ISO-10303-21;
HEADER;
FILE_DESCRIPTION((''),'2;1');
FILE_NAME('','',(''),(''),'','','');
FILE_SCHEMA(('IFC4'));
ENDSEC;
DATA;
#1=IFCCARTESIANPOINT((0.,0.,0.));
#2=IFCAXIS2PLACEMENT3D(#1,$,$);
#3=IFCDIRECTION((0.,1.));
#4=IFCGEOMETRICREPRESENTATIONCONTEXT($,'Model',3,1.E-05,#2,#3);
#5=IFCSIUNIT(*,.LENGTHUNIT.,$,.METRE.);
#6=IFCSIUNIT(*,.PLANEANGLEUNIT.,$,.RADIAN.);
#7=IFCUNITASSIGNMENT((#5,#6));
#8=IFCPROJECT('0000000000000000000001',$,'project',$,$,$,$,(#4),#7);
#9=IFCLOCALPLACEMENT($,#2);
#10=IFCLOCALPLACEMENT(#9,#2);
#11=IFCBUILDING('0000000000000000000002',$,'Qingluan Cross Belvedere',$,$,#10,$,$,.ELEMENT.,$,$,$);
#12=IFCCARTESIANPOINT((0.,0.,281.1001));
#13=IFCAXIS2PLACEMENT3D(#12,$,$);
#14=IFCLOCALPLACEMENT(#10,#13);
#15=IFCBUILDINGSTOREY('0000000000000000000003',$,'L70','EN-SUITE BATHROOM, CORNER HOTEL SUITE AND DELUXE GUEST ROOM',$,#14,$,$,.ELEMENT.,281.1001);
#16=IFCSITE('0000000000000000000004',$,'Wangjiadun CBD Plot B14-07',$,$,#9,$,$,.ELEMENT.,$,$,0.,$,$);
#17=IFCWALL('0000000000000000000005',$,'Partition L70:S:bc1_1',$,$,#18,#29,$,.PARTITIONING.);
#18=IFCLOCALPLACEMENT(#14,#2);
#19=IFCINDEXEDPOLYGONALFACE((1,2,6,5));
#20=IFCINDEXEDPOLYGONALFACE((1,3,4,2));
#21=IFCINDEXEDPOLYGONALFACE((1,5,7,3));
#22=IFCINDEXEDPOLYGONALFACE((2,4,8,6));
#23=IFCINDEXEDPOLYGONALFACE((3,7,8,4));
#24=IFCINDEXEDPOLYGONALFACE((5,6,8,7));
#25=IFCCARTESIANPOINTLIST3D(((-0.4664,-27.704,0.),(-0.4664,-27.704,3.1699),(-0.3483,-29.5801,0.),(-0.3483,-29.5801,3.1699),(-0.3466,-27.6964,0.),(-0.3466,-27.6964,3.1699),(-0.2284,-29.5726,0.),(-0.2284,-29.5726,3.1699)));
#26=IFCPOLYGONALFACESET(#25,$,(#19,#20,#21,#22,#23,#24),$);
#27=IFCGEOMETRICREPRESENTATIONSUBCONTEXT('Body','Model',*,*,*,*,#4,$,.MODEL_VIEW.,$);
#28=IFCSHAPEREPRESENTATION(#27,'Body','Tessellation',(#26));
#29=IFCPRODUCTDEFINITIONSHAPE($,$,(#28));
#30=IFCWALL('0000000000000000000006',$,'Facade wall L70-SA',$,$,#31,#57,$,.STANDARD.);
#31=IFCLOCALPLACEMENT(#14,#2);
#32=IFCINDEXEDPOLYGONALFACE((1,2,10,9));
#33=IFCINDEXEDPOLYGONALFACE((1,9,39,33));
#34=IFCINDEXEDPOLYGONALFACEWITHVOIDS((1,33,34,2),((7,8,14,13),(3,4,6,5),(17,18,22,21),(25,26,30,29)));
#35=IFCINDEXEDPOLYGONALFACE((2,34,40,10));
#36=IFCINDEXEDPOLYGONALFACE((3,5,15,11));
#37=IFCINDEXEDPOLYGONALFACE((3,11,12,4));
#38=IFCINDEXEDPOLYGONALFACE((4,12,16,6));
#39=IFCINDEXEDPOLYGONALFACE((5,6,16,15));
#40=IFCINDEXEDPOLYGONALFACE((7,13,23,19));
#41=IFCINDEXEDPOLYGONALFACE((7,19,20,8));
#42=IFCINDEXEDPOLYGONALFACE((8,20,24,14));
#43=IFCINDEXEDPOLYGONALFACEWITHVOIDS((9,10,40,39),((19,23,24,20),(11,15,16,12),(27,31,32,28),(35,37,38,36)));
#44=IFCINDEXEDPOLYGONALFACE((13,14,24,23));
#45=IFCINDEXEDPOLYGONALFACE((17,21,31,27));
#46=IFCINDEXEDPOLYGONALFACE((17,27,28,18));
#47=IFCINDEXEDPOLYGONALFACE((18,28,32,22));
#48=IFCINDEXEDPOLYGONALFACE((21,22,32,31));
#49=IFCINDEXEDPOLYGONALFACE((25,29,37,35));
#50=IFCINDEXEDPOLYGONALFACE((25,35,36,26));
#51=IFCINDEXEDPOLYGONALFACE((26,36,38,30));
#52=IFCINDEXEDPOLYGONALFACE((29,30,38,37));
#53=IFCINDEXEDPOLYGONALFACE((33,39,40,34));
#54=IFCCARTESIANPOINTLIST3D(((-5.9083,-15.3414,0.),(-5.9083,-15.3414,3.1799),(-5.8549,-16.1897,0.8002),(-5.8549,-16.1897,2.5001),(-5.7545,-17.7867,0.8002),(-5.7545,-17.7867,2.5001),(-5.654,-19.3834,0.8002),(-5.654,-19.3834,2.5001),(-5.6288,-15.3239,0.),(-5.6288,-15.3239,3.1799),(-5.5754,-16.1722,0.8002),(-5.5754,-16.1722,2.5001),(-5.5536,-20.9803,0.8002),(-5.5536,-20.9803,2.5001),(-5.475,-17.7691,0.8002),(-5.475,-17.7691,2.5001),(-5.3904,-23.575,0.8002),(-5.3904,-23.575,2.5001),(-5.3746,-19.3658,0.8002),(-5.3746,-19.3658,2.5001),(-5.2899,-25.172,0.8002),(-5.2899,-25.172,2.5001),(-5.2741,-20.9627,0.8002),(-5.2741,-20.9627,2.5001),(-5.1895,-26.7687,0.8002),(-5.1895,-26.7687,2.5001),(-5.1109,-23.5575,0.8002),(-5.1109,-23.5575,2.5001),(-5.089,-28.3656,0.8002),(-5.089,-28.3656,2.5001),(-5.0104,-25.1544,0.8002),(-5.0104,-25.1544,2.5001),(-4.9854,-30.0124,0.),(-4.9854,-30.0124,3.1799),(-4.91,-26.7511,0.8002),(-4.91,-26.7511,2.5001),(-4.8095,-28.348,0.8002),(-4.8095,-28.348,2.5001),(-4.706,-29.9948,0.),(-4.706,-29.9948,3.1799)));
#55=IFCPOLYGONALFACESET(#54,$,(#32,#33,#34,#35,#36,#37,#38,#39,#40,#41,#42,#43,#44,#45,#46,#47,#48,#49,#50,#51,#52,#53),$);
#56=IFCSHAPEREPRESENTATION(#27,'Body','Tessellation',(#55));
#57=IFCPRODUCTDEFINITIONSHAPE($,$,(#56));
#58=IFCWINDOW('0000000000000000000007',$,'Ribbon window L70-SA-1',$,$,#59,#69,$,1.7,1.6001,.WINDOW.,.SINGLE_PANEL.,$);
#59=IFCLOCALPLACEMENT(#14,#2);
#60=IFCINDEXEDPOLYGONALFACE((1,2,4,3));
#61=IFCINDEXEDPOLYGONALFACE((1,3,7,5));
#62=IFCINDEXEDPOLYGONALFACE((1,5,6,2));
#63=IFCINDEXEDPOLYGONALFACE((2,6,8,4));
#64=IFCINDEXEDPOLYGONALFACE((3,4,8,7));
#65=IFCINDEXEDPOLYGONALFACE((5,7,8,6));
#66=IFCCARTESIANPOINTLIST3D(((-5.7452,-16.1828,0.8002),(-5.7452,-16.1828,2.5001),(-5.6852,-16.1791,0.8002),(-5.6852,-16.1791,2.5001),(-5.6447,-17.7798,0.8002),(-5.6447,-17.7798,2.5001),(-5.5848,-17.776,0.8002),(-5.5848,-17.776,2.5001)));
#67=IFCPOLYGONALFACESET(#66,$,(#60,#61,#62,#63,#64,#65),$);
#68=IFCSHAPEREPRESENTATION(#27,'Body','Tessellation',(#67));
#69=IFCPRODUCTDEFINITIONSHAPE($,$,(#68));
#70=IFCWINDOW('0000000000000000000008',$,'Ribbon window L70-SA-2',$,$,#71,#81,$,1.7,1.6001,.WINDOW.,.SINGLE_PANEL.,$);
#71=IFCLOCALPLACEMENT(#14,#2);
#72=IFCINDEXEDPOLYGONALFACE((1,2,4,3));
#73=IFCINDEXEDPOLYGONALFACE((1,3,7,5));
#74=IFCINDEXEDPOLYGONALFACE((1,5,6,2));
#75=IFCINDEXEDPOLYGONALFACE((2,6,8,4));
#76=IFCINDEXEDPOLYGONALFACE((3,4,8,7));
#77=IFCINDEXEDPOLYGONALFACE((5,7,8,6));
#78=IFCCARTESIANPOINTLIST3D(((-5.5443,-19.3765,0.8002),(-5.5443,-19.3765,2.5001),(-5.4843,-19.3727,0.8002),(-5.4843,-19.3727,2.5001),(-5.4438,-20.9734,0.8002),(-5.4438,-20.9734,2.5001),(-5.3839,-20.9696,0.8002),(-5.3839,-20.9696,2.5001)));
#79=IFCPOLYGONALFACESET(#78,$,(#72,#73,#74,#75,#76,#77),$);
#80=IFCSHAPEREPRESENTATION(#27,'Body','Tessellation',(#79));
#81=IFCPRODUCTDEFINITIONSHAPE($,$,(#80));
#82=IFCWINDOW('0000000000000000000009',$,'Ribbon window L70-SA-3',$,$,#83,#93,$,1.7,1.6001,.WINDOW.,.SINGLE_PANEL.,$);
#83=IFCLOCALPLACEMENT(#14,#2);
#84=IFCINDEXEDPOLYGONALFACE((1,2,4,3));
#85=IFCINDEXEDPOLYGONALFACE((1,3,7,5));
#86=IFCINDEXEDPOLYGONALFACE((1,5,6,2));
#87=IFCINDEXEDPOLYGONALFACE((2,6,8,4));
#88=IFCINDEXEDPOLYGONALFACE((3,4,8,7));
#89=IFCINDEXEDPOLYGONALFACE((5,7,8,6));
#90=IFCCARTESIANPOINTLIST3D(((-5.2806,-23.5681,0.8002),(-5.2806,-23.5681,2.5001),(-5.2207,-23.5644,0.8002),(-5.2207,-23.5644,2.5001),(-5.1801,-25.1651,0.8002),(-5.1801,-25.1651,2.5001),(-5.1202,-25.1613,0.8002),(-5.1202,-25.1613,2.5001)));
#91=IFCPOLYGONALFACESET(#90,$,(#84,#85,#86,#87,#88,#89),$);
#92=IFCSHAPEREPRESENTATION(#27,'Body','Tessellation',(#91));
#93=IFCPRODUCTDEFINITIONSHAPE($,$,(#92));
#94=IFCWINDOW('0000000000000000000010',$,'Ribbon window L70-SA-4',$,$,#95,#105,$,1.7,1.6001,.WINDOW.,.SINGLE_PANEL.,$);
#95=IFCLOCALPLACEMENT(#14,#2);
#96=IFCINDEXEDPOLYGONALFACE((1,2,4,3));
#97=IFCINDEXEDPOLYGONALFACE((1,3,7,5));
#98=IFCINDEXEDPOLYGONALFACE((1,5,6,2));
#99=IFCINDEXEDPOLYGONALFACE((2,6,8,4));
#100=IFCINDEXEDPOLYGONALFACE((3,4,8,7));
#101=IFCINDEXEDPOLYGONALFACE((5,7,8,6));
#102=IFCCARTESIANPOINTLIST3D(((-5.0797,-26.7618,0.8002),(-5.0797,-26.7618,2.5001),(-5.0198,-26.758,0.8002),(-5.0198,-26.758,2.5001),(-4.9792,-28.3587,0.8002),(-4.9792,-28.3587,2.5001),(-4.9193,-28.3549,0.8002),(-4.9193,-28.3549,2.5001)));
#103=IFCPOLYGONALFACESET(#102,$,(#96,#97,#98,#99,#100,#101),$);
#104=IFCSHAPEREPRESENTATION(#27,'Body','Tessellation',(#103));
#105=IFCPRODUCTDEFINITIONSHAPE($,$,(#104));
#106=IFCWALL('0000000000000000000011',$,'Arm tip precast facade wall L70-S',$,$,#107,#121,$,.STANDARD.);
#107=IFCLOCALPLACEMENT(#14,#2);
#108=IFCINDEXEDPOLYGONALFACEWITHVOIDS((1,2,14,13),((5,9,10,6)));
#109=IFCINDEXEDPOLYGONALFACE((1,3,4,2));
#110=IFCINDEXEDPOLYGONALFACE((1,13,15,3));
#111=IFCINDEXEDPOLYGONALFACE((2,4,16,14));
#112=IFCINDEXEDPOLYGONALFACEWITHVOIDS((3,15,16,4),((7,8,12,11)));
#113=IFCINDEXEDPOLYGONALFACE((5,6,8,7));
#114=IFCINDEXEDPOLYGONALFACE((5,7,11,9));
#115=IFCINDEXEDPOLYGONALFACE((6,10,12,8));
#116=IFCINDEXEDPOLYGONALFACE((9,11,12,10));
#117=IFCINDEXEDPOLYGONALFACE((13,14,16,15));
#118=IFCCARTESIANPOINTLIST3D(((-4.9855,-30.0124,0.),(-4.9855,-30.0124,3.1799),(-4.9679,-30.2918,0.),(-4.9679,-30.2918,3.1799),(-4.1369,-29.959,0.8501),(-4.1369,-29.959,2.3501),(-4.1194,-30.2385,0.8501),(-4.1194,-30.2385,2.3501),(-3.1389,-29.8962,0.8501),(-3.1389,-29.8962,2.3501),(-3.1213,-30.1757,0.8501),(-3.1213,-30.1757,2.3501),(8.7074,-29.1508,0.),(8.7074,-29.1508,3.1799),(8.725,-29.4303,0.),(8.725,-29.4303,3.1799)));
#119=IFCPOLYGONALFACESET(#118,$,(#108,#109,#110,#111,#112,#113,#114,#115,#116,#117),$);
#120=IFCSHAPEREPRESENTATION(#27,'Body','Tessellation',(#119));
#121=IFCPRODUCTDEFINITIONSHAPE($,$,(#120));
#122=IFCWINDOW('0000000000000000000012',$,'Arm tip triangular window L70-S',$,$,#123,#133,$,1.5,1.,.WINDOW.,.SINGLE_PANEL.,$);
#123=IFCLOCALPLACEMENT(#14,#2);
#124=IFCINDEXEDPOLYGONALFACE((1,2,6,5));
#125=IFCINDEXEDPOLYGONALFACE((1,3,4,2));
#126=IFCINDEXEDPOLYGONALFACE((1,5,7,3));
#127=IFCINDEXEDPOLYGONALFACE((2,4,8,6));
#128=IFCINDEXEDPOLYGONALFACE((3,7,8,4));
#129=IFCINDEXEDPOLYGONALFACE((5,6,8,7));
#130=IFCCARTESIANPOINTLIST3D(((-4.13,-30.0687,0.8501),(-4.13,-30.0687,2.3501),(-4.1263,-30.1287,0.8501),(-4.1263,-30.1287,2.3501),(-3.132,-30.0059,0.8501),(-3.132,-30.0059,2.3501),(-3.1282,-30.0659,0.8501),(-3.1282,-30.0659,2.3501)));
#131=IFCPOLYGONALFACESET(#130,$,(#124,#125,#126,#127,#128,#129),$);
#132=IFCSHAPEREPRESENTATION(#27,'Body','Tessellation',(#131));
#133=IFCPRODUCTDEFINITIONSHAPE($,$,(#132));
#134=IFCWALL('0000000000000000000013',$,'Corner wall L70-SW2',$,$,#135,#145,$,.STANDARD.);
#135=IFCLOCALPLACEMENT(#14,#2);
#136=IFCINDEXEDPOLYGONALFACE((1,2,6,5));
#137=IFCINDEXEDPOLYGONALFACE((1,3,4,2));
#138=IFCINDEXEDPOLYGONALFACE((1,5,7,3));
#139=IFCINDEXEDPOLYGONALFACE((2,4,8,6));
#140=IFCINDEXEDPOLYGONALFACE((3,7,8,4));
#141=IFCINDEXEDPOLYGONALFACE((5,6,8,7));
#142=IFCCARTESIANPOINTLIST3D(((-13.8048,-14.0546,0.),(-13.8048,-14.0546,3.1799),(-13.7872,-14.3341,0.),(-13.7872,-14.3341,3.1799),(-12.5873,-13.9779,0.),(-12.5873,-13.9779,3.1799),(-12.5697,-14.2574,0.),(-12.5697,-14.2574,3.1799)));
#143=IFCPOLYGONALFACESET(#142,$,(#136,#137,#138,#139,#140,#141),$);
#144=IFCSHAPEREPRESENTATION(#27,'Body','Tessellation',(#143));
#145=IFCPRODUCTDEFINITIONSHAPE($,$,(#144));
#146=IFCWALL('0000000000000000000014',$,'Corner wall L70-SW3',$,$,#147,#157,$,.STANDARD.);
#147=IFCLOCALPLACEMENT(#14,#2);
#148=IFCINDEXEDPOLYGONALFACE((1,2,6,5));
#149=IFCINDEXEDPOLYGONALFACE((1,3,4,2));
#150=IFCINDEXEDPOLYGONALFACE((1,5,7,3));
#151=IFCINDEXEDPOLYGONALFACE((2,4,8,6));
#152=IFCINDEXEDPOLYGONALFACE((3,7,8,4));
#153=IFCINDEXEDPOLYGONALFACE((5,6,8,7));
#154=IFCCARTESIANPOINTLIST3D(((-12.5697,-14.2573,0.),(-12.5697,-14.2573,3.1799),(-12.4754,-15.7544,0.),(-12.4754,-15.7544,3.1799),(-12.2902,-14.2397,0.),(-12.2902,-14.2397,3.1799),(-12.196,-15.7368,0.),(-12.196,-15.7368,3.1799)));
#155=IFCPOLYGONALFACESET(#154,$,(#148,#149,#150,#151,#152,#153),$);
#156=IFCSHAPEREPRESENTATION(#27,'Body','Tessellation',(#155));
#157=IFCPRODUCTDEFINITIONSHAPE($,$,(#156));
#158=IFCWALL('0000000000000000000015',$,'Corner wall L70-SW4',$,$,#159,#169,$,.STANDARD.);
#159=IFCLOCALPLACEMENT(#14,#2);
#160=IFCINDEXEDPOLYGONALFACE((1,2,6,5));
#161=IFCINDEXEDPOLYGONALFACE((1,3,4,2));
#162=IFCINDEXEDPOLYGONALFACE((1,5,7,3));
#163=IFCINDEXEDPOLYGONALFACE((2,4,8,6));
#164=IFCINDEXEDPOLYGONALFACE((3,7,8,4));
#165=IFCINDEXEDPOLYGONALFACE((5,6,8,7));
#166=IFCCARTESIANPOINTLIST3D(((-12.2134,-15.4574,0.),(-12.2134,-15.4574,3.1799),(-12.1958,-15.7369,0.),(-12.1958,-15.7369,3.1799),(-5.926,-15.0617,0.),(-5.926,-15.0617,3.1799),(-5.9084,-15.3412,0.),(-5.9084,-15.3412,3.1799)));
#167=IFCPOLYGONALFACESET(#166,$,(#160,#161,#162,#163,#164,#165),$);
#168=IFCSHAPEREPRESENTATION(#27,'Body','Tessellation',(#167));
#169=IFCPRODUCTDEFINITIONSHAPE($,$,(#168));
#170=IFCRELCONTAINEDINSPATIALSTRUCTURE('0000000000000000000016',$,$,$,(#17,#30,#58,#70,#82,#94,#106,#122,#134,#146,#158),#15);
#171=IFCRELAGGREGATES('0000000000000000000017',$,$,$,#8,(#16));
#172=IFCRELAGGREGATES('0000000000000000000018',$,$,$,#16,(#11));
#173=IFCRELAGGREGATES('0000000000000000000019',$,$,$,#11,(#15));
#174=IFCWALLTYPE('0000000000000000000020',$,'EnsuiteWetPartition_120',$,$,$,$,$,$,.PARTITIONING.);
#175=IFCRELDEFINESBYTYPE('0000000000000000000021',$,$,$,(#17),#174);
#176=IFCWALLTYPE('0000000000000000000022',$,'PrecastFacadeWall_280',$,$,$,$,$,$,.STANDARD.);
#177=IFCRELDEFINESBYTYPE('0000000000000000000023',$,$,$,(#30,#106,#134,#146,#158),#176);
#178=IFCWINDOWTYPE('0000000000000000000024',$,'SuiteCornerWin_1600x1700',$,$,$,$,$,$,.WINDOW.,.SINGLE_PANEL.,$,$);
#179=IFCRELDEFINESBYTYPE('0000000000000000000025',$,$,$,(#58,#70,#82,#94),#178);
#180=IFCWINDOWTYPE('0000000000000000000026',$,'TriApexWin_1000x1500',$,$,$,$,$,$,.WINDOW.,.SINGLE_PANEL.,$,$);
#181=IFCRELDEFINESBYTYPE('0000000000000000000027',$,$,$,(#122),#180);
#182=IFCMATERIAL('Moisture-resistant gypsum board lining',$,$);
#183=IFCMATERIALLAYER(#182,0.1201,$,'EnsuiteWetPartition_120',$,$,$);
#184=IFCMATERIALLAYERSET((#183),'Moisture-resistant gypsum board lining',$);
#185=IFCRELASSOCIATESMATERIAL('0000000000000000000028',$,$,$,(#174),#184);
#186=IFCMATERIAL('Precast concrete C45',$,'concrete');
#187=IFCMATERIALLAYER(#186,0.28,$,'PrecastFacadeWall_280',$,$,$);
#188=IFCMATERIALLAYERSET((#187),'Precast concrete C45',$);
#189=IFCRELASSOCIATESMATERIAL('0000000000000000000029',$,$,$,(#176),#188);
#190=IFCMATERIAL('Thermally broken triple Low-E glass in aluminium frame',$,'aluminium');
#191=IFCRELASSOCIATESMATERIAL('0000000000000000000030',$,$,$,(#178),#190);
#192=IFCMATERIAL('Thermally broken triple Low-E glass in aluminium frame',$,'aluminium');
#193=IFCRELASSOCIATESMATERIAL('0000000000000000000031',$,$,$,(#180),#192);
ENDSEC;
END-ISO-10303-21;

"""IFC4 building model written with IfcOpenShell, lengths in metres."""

from ifc_helpers import new_model, si_unit, direction, frame, frame_2d, origin, place, context, subcontext, project, spatial, rectangle, extrude, material, layer, layer_set, type_object, element, fill, save


model = new_model("IFC4")

# Units and contexts
model_context = context("Model", 3, precision=1e-05, world=origin(), true_north=direction((0.0, 1.0)))
body_context = subcontext(model_context, "Body", "Model", "MODEL_VIEW")
ifc_project = project(units=[si_unit("LENGTHUNIT", "METRE"), si_unit("PLANEANGLEUNIT", "RADIAN")], contexts=[model_context])

# Site, building, storey
site_placement = place(None, origin())
site = spatial("IfcSite", under=ifc_project, at=site_placement, Name="Wangjiadun CBD Plot B14-07", CompositionType="ELEMENT", RefElevation=0.0)
building_placement = place(site_placement, origin())
building = spatial("IfcBuilding", under=site, at=building_placement, Name="Qingluan Cross Belvedere", CompositionType="ELEMENT")
storey_placement = place(building_placement, frame((0.0, 0.0, 281.1001)))
storey = spatial("IfcBuildingStorey", under=building, at=storey_placement, Name="L70", Description="EN-SUITE BATHROOM, CORNER HOTEL SUITE AND DELUXE GUEST ROOM", CompositionType="ELEMENT", Elevation=281.1001)

# Shared definitions
ifc_material_1 = material(Name="Moisture-resistant gypsum board lining")
ifc_layer_1 = layer(ifc_material_1, 0.1201, Name="EnsuiteWetPartition_120")
ifc_layer_set_1 = layer_set([ifc_layer_1], Name="Moisture-resistant gypsum board lining")
wall_type_1 = type_object("IfcWallType", Name="EnsuiteWetPartition_120", PredefinedType="PARTITIONING", material=ifc_layer_set_1)

# Wall
wall_1_placement = place(storey_placement, frame((-0.4065, -27.7002, 0.0), z_axis=(0.0, 0.0, 1.0), x_axis=(0.062855, -0.998023, 0.0)))
element("IfcWall", 1, at=wall_1_placement, inside=storey, type_object=wall_type_1, Name="Partition L70:S:bc1_1", PredefinedType="PARTITIONING", context=body_context, shape_type="SweptSolid", body=[
    extrude(rectangle(XDim=1.8799, YDim=0.1201, at=frame_2d((0.9399, 0.0))), origin(), (0.0, 0.0, 1.0), 3.1699),
])

# Wall, openings, windows
ifc_material_2 = material(Name="Precast concrete C45", Category="concrete")
ifc_layer_2 = layer(ifc_material_2, 0.28, Name="PrecastFacadeWall_280")
ifc_layer_set_2 = layer_set([ifc_layer_2], Name="Precast concrete C45")
wall_type_2 = type_object("IfcWallType", Name="PrecastFacadeWall_280", PredefinedType="STANDARD", material=ifc_layer_set_2)
wall_2_placement = place(storey_placement, frame((-5.7686, -15.3325, 0.0), z_axis=(0.0, 0.0, 1.0), x_axis=(0.062779, -0.998027, 0.0)))
wall_2 = element("IfcWall", 2, at=wall_2_placement, inside=storey, type_object=wall_type_2, Name="Facade wall L70-SA", PredefinedType="STANDARD", context=body_context, shape_type="SweptSolid", body=[
    extrude(rectangle(XDim=14.7, YDim=0.28, at=frame_2d((7.3501, 0.0))), origin(), (0.0, 0.0, 1.0), 3.1799),
])
opening_1_placement = place(wall_2_placement, frame((0.8501, 0.0, 0.8)))
opening_1 = element("IfcOpeningElement", 3, at=opening_1_placement, cuts=wall_2, PredefinedType="OPENING", context=body_context, shape_type="SweptSolid", body=[
    extrude(rectangle(XDim=1.6001, YDim=1.7, at=frame_2d((0.8, 0.8501))), frame((0.0, 0.1499, 0.0), z_axis=(0.0, -1.0, 0.0), x_axis=(1.0, 0.0, 0.0)), (0.0, 0.0, 1.0), 0.3),
])
opening_2_placement = place(wall_2_placement, frame((4.05, 0.0, 0.8)))
opening_2 = element("IfcOpeningElement", 4, at=opening_2_placement, cuts=wall_2, PredefinedType="OPENING", context=body_context, shape_type="SweptSolid", body=[
    extrude(rectangle(XDim=1.6001, YDim=1.7, at=frame_2d((0.8, 0.8501))), frame((0.0, 0.1499, 0.0), z_axis=(0.0, -1.0, 0.0), x_axis=(1.0, 0.0, 0.0)), (0.0, 0.0, 1.0), 0.3),
])
opening_3_placement = place(wall_2_placement, frame((8.25, 0.0, 0.8)))
opening_3 = element("IfcOpeningElement", 5, at=opening_3_placement, cuts=wall_2, PredefinedType="OPENING", context=body_context, shape_type="SweptSolid", body=[
    extrude(rectangle(XDim=1.6001, YDim=1.7, at=frame_2d((0.8, 0.8501))), frame((0.0, 0.1499, 0.0), z_axis=(0.0, -1.0, 0.0), x_axis=(1.0, 0.0, 0.0)), (0.0, 0.0, 1.0), 0.3),
])
opening_4_placement = place(wall_2_placement, frame((11.45, 0.0, 0.8)))
opening_4 = element("IfcOpeningElement", 6, at=opening_4_placement, cuts=wall_2, PredefinedType="OPENING", context=body_context, shape_type="SweptSolid", body=[
    extrude(rectangle(XDim=1.6001, YDim=1.7, at=frame_2d((0.8, 0.8501))), frame((0.0, 0.1499, 0.0), z_axis=(0.0, -1.0, 0.0), x_axis=(1.0, 0.0, 0.0)), (0.0, 0.0, 1.0), 0.3),
])
ifc_material_3 = material(Name="Thermally broken triple Low-E glass in aluminium frame", Category="aluminium")
window_type_1 = type_object("IfcWindowType", Name="SuiteCornerWin_1600x1700", PartitioningType="SINGLE_PANEL", PredefinedType="WINDOW", material=ifc_material_3)
window_1_placement = place(opening_1_placement, origin())
window_1 = element("IfcWindow", 7, at=window_1_placement, inside=storey, type_object=window_type_1, Name="Ribbon window L70-SA-1", OverallHeight=1.7, OverallWidth=1.6001, PartitioningType="SINGLE_PANEL", PredefinedType="WINDOW", context=body_context, shape_type="SweptSolid", body=[
    extrude(rectangle(XDim=1.6001, YDim=1.7, at=frame_2d((0.8, 0.8501))), frame((0.0, 0.03, 0.0), z_axis=(0.0, -1.0, 0.0), x_axis=(1.0, 0.0, 0.0)), (0.0, 0.0, 1.0), 0.0601),
])
fill(opening_1, window_1)
window_2_placement = place(opening_2_placement, origin())
window_2 = element("IfcWindow", 8, at=window_2_placement, inside=storey, type_object=window_type_1, Name="Ribbon window L70-SA-2", OverallHeight=1.7, OverallWidth=1.6001, PartitioningType="SINGLE_PANEL", PredefinedType="WINDOW", context=body_context, shape_type="SweptSolid", body=[
    extrude(rectangle(XDim=1.6001, YDim=1.7, at=frame_2d((0.8, 0.8501))), frame((0.0, 0.03, 0.0), z_axis=(0.0, -1.0, 0.0), x_axis=(1.0, 0.0, 0.0)), (0.0, 0.0, 1.0), 0.0601),
])
fill(opening_2, window_2)
window_3_placement = place(opening_3_placement, origin())
window_3 = element("IfcWindow", 9, at=window_3_placement, inside=storey, type_object=window_type_1, Name="Ribbon window L70-SA-3", OverallHeight=1.7, OverallWidth=1.6001, PartitioningType="SINGLE_PANEL", PredefinedType="WINDOW", context=body_context, shape_type="SweptSolid", body=[
    extrude(rectangle(XDim=1.6001, YDim=1.7, at=frame_2d((0.8, 0.8501))), frame((0.0, 0.03, 0.0), z_axis=(0.0, -1.0, 0.0), x_axis=(1.0, 0.0, 0.0)), (0.0, 0.0, 1.0), 0.0601),
])
fill(opening_3, window_3)
window_4_placement = place(opening_4_placement, origin())
window_4 = element("IfcWindow", 10, at=window_4_placement, inside=storey, type_object=window_type_1, Name="Ribbon window L70-SA-4", OverallHeight=1.7, OverallWidth=1.6001, PartitioningType="SINGLE_PANEL", PredefinedType="WINDOW", context=body_context, shape_type="SweptSolid", body=[
    extrude(rectangle(XDim=1.6001, YDim=1.7, at=frame_2d((0.8, 0.8501))), frame((0.0, 0.03, 0.0), z_axis=(0.0, -1.0, 0.0), x_axis=(1.0, 0.0, 0.0)), (0.0, 0.0, 1.0), 0.0601),
])
fill(opening_4, window_4)

# Wall, opening, window
wall_3_placement = place(storey_placement, frame((-4.9766, -30.1521, 0.0), z_axis=(0.0, 0.0, 1.0), x_axis=(0.998026, 0.062797, 0.0)))
wall_3 = element("IfcWall", 11, at=wall_3_placement, inside=storey, type_object=wall_type_2, Name="Arm tip precast facade wall L70-S", PredefinedType="STANDARD", context=body_context, shape_type="SweptSolid", body=[
    extrude(rectangle(XDim=13.72, YDim=0.28, at=frame_2d((6.8599, 0.0))), origin(), (0.0, 0.0, 1.0), 3.1799),
])
opening_5_placement = place(wall_3_placement, frame((0.8501, 0.0, 0.8501)))
opening_5 = element("IfcOpeningElement", 12, at=opening_5_placement, cuts=wall_3, PredefinedType="OPENING", context=body_context, shape_type="SweptSolid", body=[
    extrude(rectangle(XDim=1.0, YDim=1.5, at=frame_2d((0.5, 0.75))), frame((0.0, 0.1499, 0.0), z_axis=(0.0, -1.0, 0.0), x_axis=(1.0, 0.0, 0.0)), (0.0, 0.0, 1.0), 0.3),
])
ifc_material_4 = material(Name="Thermally broken triple Low-E glass in aluminium frame", Category="aluminium")
window_type_2 = type_object("IfcWindowType", Name="TriApexWin_1000x1500", PartitioningType="SINGLE_PANEL", PredefinedType="WINDOW", material=ifc_material_4)
window_5_placement = place(opening_5_placement, origin())
window_5 = element("IfcWindow", 13, at=window_5_placement, inside=storey, type_object=window_type_2, Name="Arm tip triangular window L70-S", OverallHeight=1.5, OverallWidth=1.0, PartitioningType="SINGLE_PANEL", PredefinedType="WINDOW", context=body_context, shape_type="SweptSolid", body=[
    extrude(rectangle(XDim=1.0, YDim=1.5, at=frame_2d((0.5, 0.75))), frame((0.0, 0.03, 0.0), z_axis=(0.0, -1.0, 0.0), x_axis=(1.0, 0.0, 0.0)), (0.0, 0.0, 1.0), 0.0601),
])
fill(opening_5, window_5)

# Walls
wall_4_placement = place(storey_placement, frame((-13.7959, -14.1943, 0.0), z_axis=(0.0, 0.0, 1.0), x_axis=(0.998024, 0.062839, 0.0)))
element("IfcWall", 14, at=wall_4_placement, inside=storey, type_object=wall_type_2, Name="Corner wall L70-SW2", PredefinedType="STANDARD", context=body_context, shape_type="SweptSolid", body=[
    extrude(rectangle(XDim=1.22, YDim=0.28, at=frame_2d((0.6099, 0.0))), origin(), (0.0, 0.0, 1.0), 3.1799),
])
wall_5_placement = place(storey_placement, frame((-12.4299, -14.2485, 0.0), z_axis=(0.0, 0.0, 1.0), x_axis=(0.062824, -0.998025, 0.0)))
element("IfcWall", 15, at=wall_5_placement, inside=storey, type_object=wall_type_2, Name="Corner wall L70-SW3", PredefinedType="STANDARD", context=body_context, shape_type="SweptSolid", body=[
    extrude(rectangle(XDim=1.5, YDim=0.28, at=frame_2d((0.75, 0.0))), origin(), (0.0, 0.0, 1.0), 3.1799),
])
wall_6_placement = place(storey_placement, frame((-12.2046, -15.5972, 0.0), z_axis=(0.0, 0.0, 1.0), x_axis=(0.998025, 0.06282, 0.0)))
element("IfcWall", 16, at=wall_6_placement, inside=storey, type_object=wall_type_2, Name="Corner wall L70-SW4", PredefinedType="STANDARD", context=body_context, shape_type="SweptSolid", body=[
    extrude(rectangle(XDim=6.2998, YDim=0.28, at=frame_2d((3.1499, 0.0))), origin(), (0.0, 0.0, 1.0), 3.1799),
])

save(model, "model.ifc")
